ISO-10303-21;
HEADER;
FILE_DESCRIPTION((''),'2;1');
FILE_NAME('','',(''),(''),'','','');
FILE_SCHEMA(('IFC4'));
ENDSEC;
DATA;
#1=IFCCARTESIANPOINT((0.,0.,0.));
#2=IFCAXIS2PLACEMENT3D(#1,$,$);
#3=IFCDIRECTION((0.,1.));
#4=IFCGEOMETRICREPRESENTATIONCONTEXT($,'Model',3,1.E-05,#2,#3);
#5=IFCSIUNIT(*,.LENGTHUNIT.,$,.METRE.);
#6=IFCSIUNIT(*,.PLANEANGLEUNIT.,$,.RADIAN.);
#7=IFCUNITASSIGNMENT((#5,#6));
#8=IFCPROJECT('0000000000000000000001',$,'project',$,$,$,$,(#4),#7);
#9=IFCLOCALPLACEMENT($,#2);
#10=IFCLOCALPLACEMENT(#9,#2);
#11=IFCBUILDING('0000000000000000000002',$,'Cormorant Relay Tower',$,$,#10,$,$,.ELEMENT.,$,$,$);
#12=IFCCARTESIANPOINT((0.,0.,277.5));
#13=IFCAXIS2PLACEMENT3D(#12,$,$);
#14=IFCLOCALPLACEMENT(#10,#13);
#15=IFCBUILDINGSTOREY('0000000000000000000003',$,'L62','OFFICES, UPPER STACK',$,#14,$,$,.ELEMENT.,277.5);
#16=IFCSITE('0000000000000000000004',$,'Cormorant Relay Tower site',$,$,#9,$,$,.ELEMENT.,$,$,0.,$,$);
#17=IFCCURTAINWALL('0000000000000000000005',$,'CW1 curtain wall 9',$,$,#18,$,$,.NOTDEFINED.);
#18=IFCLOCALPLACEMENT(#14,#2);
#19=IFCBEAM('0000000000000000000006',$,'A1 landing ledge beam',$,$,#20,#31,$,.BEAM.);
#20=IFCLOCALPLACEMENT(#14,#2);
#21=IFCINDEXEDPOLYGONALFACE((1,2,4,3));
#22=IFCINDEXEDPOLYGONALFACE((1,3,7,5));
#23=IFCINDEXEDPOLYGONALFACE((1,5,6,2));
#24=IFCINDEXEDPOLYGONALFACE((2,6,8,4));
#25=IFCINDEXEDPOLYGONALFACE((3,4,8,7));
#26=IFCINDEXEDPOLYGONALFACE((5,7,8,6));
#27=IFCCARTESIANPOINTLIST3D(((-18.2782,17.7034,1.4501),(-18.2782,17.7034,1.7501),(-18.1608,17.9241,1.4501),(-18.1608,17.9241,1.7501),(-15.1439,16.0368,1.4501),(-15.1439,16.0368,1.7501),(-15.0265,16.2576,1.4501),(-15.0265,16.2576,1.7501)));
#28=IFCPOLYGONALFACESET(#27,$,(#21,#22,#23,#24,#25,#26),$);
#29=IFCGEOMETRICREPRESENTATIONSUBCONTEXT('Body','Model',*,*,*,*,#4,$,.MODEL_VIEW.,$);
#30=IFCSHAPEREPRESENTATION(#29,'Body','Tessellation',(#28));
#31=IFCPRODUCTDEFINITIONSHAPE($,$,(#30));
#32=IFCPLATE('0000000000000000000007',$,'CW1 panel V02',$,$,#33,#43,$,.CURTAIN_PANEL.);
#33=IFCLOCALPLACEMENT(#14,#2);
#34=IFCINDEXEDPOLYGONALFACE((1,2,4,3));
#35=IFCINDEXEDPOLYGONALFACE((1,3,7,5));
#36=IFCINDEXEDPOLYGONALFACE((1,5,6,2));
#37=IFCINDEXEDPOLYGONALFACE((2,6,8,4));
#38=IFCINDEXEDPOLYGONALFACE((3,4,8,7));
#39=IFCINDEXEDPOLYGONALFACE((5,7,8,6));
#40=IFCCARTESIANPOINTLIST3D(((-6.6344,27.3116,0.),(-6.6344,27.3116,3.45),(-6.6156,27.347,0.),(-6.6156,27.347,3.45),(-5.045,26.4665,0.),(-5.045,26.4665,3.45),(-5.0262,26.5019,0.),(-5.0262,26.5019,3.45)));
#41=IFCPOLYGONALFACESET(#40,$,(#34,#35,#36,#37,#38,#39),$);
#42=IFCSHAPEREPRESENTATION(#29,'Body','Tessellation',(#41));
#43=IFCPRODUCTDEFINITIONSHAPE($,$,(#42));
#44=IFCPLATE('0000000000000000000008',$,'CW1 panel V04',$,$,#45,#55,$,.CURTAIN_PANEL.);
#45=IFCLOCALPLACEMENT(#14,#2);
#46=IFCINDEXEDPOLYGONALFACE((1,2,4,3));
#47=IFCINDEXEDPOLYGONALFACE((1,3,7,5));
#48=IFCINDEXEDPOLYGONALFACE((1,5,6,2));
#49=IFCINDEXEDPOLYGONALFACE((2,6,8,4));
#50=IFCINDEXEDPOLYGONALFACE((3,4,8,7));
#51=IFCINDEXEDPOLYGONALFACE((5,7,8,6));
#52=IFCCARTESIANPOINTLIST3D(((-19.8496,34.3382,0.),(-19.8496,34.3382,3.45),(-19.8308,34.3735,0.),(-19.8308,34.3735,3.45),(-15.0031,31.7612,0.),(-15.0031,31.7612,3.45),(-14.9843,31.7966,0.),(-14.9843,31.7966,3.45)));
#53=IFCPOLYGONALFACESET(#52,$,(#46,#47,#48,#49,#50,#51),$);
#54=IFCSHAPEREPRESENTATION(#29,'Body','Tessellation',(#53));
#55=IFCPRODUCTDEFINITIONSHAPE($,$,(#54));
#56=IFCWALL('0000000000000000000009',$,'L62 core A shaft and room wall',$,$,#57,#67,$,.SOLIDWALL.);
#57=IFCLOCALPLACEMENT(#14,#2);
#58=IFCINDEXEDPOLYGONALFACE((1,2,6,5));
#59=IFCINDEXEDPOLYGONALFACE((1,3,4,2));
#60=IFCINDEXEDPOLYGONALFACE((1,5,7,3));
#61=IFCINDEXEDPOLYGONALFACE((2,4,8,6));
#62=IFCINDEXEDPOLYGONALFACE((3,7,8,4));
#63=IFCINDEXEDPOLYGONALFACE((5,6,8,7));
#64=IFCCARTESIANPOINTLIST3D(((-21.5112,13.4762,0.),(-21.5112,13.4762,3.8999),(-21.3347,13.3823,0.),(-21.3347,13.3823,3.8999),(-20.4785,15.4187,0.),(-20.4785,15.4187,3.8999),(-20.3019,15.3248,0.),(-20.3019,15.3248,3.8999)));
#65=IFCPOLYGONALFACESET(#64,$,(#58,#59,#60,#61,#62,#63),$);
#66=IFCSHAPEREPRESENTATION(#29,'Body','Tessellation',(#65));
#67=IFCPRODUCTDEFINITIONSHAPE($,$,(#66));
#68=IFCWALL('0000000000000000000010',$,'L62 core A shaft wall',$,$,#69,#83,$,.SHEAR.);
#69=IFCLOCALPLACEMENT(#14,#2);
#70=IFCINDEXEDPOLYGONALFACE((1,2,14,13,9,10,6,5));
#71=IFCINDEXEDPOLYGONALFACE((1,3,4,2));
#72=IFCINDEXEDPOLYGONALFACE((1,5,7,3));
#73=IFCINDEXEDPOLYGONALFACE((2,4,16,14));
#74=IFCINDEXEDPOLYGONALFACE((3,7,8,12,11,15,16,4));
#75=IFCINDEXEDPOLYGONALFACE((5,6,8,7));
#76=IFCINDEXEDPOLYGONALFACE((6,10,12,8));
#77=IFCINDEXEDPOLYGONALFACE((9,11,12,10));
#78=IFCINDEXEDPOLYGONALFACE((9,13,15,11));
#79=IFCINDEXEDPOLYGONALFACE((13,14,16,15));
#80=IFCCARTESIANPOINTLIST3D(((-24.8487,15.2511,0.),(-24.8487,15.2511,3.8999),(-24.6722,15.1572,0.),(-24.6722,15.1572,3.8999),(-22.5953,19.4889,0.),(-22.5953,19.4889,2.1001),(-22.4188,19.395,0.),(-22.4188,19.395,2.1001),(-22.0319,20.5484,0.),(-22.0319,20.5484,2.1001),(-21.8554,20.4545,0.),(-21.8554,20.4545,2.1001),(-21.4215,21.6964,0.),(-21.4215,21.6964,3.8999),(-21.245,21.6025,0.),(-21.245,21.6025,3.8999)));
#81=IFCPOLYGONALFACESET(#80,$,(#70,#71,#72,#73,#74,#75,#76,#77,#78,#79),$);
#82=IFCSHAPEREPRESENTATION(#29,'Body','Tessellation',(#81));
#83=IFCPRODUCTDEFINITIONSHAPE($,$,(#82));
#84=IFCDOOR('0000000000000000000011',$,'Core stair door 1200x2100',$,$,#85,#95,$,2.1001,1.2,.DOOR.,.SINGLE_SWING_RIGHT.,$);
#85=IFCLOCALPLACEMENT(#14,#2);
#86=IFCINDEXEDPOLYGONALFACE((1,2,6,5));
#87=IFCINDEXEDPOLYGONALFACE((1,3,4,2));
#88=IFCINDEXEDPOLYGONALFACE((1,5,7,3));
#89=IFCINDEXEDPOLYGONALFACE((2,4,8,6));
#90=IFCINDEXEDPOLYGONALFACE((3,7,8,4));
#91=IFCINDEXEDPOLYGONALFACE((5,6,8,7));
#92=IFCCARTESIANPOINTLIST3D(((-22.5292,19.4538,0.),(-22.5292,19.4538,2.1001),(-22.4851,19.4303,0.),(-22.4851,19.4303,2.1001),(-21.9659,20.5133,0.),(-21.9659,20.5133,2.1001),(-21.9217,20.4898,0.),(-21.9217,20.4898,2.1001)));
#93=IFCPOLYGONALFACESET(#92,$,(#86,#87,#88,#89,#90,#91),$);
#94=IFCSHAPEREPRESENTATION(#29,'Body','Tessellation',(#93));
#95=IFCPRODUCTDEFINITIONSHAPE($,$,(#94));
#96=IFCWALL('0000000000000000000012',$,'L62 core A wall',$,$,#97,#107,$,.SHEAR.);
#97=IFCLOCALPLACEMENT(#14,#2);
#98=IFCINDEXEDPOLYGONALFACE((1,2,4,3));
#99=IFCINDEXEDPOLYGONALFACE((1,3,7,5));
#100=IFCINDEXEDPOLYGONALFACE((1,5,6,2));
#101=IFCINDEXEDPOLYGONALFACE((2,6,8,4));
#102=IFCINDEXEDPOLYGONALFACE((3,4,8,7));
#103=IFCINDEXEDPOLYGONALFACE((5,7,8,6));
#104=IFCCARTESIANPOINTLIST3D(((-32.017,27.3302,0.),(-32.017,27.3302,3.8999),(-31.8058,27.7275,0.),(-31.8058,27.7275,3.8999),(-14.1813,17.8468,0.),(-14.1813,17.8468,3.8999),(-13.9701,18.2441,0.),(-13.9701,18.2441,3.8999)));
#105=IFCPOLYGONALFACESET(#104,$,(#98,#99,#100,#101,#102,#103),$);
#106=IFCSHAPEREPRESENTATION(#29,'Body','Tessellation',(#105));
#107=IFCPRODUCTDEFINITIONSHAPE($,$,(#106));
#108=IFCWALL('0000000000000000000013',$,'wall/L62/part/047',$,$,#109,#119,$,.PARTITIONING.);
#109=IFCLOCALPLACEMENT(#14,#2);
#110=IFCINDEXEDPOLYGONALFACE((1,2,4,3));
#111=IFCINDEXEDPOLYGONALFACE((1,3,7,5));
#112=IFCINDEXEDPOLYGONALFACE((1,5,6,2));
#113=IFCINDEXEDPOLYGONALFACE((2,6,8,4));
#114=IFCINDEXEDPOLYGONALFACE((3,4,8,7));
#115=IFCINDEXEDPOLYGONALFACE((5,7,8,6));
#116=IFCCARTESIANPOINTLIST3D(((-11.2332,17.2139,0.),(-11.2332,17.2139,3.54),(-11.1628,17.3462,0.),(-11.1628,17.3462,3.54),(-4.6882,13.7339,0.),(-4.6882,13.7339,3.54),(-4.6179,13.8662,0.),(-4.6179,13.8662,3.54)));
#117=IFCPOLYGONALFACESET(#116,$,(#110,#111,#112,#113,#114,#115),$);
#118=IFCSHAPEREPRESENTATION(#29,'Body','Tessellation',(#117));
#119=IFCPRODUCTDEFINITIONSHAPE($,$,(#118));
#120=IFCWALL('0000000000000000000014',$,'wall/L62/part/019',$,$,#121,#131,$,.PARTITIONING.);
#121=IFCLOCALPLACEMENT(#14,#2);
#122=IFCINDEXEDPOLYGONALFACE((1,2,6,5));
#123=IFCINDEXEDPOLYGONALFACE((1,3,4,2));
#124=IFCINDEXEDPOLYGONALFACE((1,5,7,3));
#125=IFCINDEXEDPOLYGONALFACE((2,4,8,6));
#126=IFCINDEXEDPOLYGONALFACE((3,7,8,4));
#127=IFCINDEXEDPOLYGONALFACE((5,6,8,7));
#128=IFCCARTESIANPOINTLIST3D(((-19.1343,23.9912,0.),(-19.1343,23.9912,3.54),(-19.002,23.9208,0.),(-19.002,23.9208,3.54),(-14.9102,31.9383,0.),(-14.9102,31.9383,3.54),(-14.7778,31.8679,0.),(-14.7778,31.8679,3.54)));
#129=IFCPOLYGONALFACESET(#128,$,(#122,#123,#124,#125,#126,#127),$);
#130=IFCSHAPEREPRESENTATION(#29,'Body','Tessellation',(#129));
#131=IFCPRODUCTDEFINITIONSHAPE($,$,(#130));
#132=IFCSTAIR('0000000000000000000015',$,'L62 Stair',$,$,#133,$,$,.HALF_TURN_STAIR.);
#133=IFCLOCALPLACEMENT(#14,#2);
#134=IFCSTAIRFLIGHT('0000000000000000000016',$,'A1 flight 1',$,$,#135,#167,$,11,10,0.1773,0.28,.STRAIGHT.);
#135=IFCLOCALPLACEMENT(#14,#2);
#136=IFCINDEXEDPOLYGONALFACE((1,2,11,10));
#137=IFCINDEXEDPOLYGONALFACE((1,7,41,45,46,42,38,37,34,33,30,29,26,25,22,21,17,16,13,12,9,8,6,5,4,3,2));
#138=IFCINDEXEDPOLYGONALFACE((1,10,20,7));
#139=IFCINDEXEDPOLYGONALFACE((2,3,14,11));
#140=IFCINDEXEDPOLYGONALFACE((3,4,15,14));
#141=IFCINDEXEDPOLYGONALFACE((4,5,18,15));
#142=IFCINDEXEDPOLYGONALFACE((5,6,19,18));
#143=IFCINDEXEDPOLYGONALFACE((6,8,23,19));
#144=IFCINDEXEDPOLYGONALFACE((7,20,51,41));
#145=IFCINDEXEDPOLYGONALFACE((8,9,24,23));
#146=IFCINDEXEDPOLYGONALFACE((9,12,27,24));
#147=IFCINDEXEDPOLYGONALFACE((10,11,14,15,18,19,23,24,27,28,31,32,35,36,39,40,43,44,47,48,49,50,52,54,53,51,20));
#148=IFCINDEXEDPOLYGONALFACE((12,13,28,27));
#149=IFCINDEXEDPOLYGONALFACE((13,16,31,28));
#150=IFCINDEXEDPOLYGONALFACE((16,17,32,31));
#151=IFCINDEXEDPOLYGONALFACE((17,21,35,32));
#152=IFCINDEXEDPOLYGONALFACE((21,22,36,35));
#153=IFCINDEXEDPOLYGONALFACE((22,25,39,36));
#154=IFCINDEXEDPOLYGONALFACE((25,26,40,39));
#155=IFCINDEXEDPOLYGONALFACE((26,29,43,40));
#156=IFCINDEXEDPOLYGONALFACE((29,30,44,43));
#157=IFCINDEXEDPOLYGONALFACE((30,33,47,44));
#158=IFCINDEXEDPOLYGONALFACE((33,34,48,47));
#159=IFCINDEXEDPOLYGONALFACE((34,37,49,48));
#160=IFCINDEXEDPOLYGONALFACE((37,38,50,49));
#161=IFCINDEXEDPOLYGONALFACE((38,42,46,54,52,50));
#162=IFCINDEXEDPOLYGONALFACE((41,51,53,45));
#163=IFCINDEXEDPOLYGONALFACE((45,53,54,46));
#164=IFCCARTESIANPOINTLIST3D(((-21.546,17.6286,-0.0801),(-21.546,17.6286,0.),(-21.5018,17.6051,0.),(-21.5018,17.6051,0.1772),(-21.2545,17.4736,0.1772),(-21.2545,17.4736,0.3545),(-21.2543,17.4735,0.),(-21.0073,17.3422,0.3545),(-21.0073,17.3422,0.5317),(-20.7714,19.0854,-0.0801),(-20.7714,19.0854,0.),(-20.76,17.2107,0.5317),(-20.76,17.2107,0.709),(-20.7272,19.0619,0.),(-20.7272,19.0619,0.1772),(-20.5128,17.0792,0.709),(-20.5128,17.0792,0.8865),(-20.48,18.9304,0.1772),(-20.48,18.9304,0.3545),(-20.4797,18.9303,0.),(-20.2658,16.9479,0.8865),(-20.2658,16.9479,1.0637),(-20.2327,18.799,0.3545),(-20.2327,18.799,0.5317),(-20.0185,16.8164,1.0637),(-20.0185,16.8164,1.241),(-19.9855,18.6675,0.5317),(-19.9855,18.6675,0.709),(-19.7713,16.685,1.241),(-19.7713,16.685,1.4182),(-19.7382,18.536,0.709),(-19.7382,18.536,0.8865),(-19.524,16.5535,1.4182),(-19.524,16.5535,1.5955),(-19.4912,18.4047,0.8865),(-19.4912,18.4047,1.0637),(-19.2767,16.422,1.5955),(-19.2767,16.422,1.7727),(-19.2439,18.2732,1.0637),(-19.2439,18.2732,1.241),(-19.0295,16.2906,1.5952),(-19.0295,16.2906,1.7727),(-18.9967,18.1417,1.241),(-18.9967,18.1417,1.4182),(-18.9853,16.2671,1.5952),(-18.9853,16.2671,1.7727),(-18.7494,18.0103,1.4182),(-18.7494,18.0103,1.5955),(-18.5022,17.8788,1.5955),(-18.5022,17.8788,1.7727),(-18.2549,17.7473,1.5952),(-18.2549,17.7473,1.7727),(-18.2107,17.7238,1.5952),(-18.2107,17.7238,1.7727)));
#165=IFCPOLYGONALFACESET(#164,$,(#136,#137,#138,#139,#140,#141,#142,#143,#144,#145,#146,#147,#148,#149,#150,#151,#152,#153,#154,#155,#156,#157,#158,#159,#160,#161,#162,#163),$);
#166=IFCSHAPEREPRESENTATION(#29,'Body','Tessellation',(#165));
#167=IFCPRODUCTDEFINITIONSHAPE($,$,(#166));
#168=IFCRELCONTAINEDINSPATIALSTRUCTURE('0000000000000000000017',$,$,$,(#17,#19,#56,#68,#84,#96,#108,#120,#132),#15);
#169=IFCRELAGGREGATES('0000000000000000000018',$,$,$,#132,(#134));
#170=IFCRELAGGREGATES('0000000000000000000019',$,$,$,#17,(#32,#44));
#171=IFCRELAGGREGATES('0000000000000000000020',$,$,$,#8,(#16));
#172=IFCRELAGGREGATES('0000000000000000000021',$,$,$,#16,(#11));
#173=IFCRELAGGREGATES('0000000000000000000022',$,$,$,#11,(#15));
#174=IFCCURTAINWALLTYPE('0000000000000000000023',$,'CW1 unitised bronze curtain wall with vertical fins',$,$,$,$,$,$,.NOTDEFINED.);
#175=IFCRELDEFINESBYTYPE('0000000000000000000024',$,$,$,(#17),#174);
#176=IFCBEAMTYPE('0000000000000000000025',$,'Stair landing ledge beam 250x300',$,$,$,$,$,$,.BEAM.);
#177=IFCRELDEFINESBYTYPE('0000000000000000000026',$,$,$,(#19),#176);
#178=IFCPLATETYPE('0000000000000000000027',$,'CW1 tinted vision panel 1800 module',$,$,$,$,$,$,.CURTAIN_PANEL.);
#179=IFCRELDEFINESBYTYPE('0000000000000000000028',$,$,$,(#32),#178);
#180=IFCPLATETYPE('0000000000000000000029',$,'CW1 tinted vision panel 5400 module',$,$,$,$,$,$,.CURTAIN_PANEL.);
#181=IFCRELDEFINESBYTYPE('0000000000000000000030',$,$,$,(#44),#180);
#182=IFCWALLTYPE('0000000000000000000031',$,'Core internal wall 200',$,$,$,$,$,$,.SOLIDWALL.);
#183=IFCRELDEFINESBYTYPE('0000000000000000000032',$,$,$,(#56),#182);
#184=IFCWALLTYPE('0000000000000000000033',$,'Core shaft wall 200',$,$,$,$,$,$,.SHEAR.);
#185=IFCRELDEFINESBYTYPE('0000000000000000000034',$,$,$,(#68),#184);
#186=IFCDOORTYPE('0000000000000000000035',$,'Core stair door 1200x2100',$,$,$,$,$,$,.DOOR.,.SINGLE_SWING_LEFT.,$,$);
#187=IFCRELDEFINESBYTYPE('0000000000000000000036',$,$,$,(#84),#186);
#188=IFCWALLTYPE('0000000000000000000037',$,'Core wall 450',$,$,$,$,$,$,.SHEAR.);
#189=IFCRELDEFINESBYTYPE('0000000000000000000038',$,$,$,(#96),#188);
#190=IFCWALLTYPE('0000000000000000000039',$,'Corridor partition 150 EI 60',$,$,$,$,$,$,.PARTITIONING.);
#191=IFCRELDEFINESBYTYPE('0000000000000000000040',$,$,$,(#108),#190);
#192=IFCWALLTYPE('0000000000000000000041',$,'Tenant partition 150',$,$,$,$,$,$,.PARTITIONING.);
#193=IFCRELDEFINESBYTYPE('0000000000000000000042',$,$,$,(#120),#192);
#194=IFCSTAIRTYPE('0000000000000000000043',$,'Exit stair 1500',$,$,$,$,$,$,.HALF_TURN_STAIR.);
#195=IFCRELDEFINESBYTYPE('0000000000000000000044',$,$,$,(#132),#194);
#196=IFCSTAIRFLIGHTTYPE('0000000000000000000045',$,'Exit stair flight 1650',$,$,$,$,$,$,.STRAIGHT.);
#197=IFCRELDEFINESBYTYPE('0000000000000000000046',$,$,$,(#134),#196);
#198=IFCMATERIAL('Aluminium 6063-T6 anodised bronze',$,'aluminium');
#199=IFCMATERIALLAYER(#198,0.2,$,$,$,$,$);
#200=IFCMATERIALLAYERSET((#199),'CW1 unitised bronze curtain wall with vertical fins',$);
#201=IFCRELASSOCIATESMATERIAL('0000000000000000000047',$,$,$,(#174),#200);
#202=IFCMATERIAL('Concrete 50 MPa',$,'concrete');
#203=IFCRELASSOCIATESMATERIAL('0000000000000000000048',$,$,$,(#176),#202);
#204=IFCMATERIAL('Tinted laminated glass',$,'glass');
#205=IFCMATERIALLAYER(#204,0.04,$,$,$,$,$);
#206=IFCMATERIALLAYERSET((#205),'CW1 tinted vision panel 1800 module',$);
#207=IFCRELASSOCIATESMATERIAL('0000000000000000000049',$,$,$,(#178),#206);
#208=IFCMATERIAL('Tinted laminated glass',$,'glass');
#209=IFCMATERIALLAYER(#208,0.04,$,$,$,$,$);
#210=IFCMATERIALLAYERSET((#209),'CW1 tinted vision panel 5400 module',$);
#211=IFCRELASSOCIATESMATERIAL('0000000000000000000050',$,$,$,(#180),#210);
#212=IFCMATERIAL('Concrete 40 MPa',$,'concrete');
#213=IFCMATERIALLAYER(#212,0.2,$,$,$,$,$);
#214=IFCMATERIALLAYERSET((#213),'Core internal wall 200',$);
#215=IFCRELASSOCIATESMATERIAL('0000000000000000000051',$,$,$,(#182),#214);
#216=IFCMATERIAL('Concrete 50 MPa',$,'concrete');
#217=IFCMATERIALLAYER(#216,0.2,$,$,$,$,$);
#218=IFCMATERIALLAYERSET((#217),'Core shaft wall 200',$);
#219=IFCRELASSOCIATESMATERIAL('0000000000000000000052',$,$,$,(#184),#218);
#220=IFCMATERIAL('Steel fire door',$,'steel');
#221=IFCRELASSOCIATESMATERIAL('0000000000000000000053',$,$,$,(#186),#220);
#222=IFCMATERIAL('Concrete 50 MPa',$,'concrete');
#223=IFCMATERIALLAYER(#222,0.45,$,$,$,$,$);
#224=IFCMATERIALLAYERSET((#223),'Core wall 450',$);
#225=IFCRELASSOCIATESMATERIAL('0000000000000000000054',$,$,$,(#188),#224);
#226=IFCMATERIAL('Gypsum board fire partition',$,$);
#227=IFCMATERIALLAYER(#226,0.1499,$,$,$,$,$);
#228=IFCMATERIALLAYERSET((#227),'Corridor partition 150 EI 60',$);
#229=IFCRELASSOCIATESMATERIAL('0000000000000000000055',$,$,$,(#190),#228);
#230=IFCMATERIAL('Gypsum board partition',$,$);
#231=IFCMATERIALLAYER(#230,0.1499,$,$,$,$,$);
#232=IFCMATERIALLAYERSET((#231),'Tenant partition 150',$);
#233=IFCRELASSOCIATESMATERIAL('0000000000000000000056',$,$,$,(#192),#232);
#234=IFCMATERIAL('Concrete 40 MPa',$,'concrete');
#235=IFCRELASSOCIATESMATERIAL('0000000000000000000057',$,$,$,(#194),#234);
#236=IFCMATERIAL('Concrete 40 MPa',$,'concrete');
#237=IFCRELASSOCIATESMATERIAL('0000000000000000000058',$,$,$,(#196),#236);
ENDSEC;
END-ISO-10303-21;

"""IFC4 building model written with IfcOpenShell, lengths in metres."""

from ifc_helpers import new_model, si_unit, direction, frame, frame_2d, origin, origin_2d, place, context, subcontext, project, spatial, polyline, rectangle, outline, extrude, material, layer, layer_set, material_profile, profile_set, type_object, element, fill, aggregate, save


model = new_model("IFC4")

# Units and contexts
model_context = context("Model", 3, precision=1e-05, world=origin(), true_north=direction((0.0, 1.0)))
body_context = subcontext(model_context, "Body", "Model", "MODEL_VIEW")
ifc_project = project(units=[si_unit("LENGTHUNIT", "METRE"), si_unit("PLANEANGLEUNIT", "RADIAN")], contexts=[model_context])

# Site, building, storey
site_placement = place(None, origin())
site = spatial("IfcSite", under=ifc_project, at=site_placement, Name="Cormorant Relay Tower site", CompositionType="ELEMENT", RefElevation=0.0)
building_placement = place(site_placement, origin())
building = spatial("IfcBuilding", under=site, at=building_placement, Name="Cormorant Relay Tower", CompositionType="ELEMENT")
storey_placement = place(building_placement, frame((0.0, 0.0, 277.5)))
storey = spatial("IfcBuildingStorey", under=building, at=storey_placement, Name="L62", Description="OFFICES, UPPER STACK", CompositionType="ELEMENT", Elevation=277.5)

# Curtain wall
ifc_material_1 = material(Name="Aluminium 6063-T6 anodised bronze", Category="aluminium")
ifc_layer_1 = layer(ifc_material_1, 0.2)
ifc_layer_set_1 = layer_set([ifc_layer_1], Name="CW1 unitised bronze curtain wall with vertical fins")
curtain_wall_type = type_object("IfcCurtainWallType", Name="CW1 unitised bronze curtain wall with vertical fins", PredefinedType="NOTDEFINED", material=ifc_layer_set_1)
curtain_wall_placement = place(storey_placement, origin())
curtain_wall = element("IfcCurtainWall", 1, at=curtain_wall_placement, inside=storey, type_object=curtain_wall_type, Name="CW1 curtain wall 9", PredefinedType="NOTDEFINED")

# Beam
ifc_material_2 = material(Name="Concrete 50 MPa", Category="concrete")
ifc_material_profile_1 = material_profile(ifc_material_2, rectangle(XDim=0.25, YDim=0.3, at=origin_2d()), Name="RC 250x300")
ifc_profile_set_1 = profile_set([ifc_material_profile_1], Name="Concrete 50 MPa")
beam_type_1 = type_object("IfcBeamType", Name="Stair landing ledge beam 250x300", PredefinedType="BEAM", material=ifc_profile_set_1)
beam_1_placement = place(storey_placement, frame((-18.2195, 17.8137, 1.6001), z_axis=(0.88295, -0.469467, 0.0), x_axis=(0.469467, 0.88295, 0.0)))
element("IfcBeam", 2, at=beam_1_placement, inside=storey, type_object=beam_type_1, Name="A1 landing ledge beam", PredefinedType="BEAM", context=body_context, shape_type="SweptSolid", body=[
    extrude(rectangle(XDim=0.25, YDim=0.3, at=origin_2d()), origin(), (0.0, 0.0, 1.0), 3.5498),
])

# Plates
ifc_material_3 = material(Name="Tinted laminated glass", Category="glass")
ifc_layer_2 = layer(ifc_material_3, 0.04)
ifc_layer_set_2 = layer_set([ifc_layer_2], Name="CW1 tinted vision panel 1800 module")
plate_type_1 = type_object("IfcPlateType", Name="CW1 tinted vision panel 1800 module", PredefinedType="CURTAIN_PANEL", material=ifc_layer_set_2)
plate_1_placement = place(storey_placement, frame((-5.8303, 26.9067, 0.0), z_axis=(0.0, 0.0, 1.0), x_axis=(-0.882948, 0.469472, 0.0)))
plate_1 = element("IfcPlate", 3, at=plate_1_placement, type_object=plate_type_1, Name="CW1 panel V02", PredefinedType="CURTAIN_PANEL", context=body_context, shape_type="SweptSolid", body=[
    extrude(rectangle(XDim=1.8, YDim=0.04, at=origin_2d()), origin(), (0.0, 0.0, 1.0), 3.45),
])
ifc_material_4 = material(Name="Tinted laminated glass", Category="glass")
ifc_layer_3 = layer(ifc_material_4, 0.04)
ifc_layer_set_3 = layer_set([ifc_layer_3], Name="CW1 tinted vision panel 5400 module")
plate_type_2 = type_object("IfcPlateType", Name="CW1 tinted vision panel 5400 module", PredefinedType="CURTAIN_PANEL", material=ifc_layer_set_3)
plate_2_placement = place(storey_placement, frame((-17.417, 33.0674, 0.0), z_axis=(0.0, 0.0, 1.0), x_axis=(-0.882948, 0.469472, 0.0)))
plate_2 = element("IfcPlate", 4, at=plate_2_placement, type_object=plate_type_2, Name="CW1 panel V04", PredefinedType="CURTAIN_PANEL", context=body_context, shape_type="SweptSolid", body=[
    extrude(rectangle(XDim=5.489, YDim=0.04, at=origin_2d()), origin(), (0.0, 0.0, 1.0), 3.45),
])

# Wall
ifc_material_5 = material(Name="Concrete 40 MPa", Category="concrete")
ifc_layer_4 = layer(ifc_material_5, 0.2)
ifc_layer_set_4 = layer_set([ifc_layer_4], Name="Core internal wall 200")
wall_type_1 = type_object("IfcWallType", Name="Core internal wall 200", PredefinedType="SOLIDWALL", material=ifc_layer_set_4)
wall_1_placement = place(storey_placement, frame((-20.3901, 15.3718, 0.0), z_axis=(0.0, 0.0, 1.0), x_axis=(-0.469447, -0.88296, 0.0)))
element("IfcWall", 5, at=wall_1_placement, inside=storey, type_object=wall_type_1, Name="L62 core A shaft and room wall", PredefinedType="SOLIDWALL", context=body_context, shape_type="SweptSolid", body=[
    extrude(rectangle(XDim=2.2, YDim=0.2, at=frame_2d((1.1001, 0.0))), origin(), (0.0, 0.0, 1.0), 3.8999),
])

# Wall, opening, door
ifc_material_6 = material(Name="Concrete 50 MPa", Category="concrete")
ifc_layer_5 = layer(ifc_material_6, 0.2)
ifc_layer_set_5 = layer_set([ifc_layer_5], Name="Core shaft wall 200")
wall_type_2 = type_object("IfcWallType", Name="Core shaft wall 200", PredefinedType="SHEAR", material=ifc_layer_set_5)
wall_2_placement = place(storey_placement, frame((-21.3333, 21.6494, 0.0), z_axis=(0.0, 0.0, 1.0), x_axis=(-0.469494, -0.882936, 0.0)))
wall_2 = element("IfcWall", 6, at=wall_2_placement, inside=storey, type_object=wall_type_2, Name="L62 core A shaft wall", PredefinedType="SHEAR", context=body_context, shape_type="SweptSolid", body=[
    extrude(rectangle(XDim=7.2998, YDim=0.2, at=frame_2d((3.6499, 0.0))), origin(), (0.0, 0.0, 1.0), 3.8999),
])
opening_1_placement = place(wall_2_placement, frame((1.3, 0.0, 0.0)))
opening_1 = element("IfcOpeningElement", 7, at=opening_1_placement, cuts=wall_2, PredefinedType="OPENING", context=body_context, shape_type="SweptSolid", body=[
    extrude(rectangle(XDim=1.2, YDim=2.1001, at=frame_2d((0.6001, 1.05))), frame((0.0, 0.1099, 0.0), z_axis=(0.0, -1.0, 0.0), x_axis=(1.0, 0.0, 0.0)), (0.0, 0.0, 1.0), 0.22),
])
ifc_material_7 = material(Name="Steel fire door", Category="steel")
door_type_1 = type_object("IfcDoorType", Name="Core stair door 1200x2100", OperationType="SINGLE_SWING_LEFT", PredefinedType="DOOR", material=ifc_material_7)
door_1_placement = place(opening_1_placement, origin())
door_1 = element("IfcDoor", 8, at=door_1_placement, inside=storey, type_object=door_type_1, Name="Core stair door 1200x2100", OperationType="SINGLE_SWING_RIGHT", OverallHeight=2.1001, OverallWidth=1.2, PredefinedType="DOOR", context=body_context, shape_type="SweptSolid", body=[
    extrude(rectangle(XDim=1.2, YDim=2.1001, at=frame_2d((0.6001, 1.05))), frame((0.0, 0.0249, 0.0), z_axis=(0.0, -1.0, 0.0), x_axis=(1.0, 0.0, 0.0)), (0.0, 0.0, 1.0), 0.05),
])
fill(opening_1, door_1)
ifc_material_8 = material(Name="Concrete 50 MPa", Category="concrete")
ifc_layer_6 = layer(ifc_material_8, 0.45)
ifc_layer_set_6 = layer_set([ifc_layer_6], Name="Core wall 450")
wall_type_3 = type_object("IfcWallType", Name="Core wall 450", PredefinedType="SHEAR", material=ifc_layer_set_6)

# Walls
wall_3_placement = place(storey_placement, frame((-14.0757, 18.0454, 0.0), z_axis=(0.0, 0.0, 1.0), x_axis=(-0.882948, 0.469471, 0.0)))
element("IfcWall", 9, at=wall_3_placement, inside=storey, type_object=wall_type_3, Name="L62 core A wall", PredefinedType="SHEAR", context=body_context, shape_type="SweptSolid", body=[
    extrude(rectangle(XDim=20.2002, YDim=0.45, at=frame_2d((10.1001, 0.0))), origin(), (0.0, 0.0, 1.0), 3.8999),
])
ifc_material_9 = material(Name="Gypsum board fire partition")
ifc_layer_7 = layer(ifc_material_9, 0.1499)
ifc_layer_set_7 = layer_set([ifc_layer_7], Name="Corridor partition 150 EI 60")
wall_type_4 = type_object("IfcWallType", Name="Corridor partition 150 EI 60", PredefinedType="PARTITIONING", material=ifc_layer_set_7)
wall_4_placement = place(storey_placement, frame((-11.198, 17.28, 0.0), z_axis=(0.0, 0.0, 1.0), x_axis=(0.882948, -0.46947, 0.0)))
element("IfcWall", 10, at=wall_4_placement, inside=storey, type_object=wall_type_4, Name="wall/L62/part/047", PredefinedType="PARTITIONING", context=body_context, shape_type="SweptSolid", body=[
    extrude(rectangle(XDim=7.4126, YDim=0.1499, at=frame_2d((3.7063, 0.0))), origin(), (0.0, 0.0, 1.0), 3.54),
])
ifc_material_10 = material(Name="Gypsum board partition")
ifc_layer_8 = layer(ifc_material_10, 0.1499)
ifc_layer_set_8 = layer_set([ifc_layer_8], Name="Tenant partition 150")
wall_type_5 = type_object("IfcWallType", Name="Tenant partition 150", PredefinedType="PARTITIONING", material=ifc_layer_set_8)
wall_5_placement = place(storey_placement, frame((-14.844, 31.9031, 0.0), z_axis=(0.0, 0.0, 1.0), x_axis=(-0.469352, -0.883011, 0.0)))
element("IfcWall", 11, at=wall_5_placement, inside=storey, type_object=wall_type_5, Name="wall/L62/part/019", PredefinedType="PARTITIONING", context=body_context, shape_type="SweptSolid", body=[
    extrude(rectangle(XDim=9.0, YDim=0.1499, at=frame_2d((4.5, 0.0))), origin(), (0.0, 0.0, 1.0), 3.54),
])

# Stair, stair flight
ifc_material_11 = material(Name="Concrete 40 MPa", Category="concrete")
stair_type = type_object("IfcStairType", Name="Exit stair 1500", PredefinedType="HALF_TURN_STAIR", material=ifc_material_11)
stair_placement = place(storey_placement, origin())
stair = element("IfcStair", 12, at=stair_placement, inside=storey, type_object=stair_type, Name="L62 Stair", PredefinedType="HALF_TURN_STAIR")
ifc_material_12 = material(Name="Concrete 40 MPa", Category="concrete")
stair_flight_type = type_object("IfcStairFlightType", Name="Exit stair flight 1650", PredefinedType="STRAIGHT", material=ifc_material_12)
stair_flight_1_placement = place(storey_placement, frame((-21.1145, 18.3335, 0.0), z_axis=(0.0, 0.0, 1.0), x_axis=(0.882948, -0.469472, 0.0)))
stair_flight_1 = element("IfcStairFlight", 13, at=stair_flight_1_placement, type_object=stair_flight_type, Name="A1 flight 1", NumberOfRisers=11, NumberOfTreads=10, PredefinedType="STRAIGHT", RiserHeight=0.1773, TreadLength=0.28, context=body_context, shape_type="SweptSolid", body=[
    extrude(outline(polyline([(-0.05, -0.0801), (-0.05, 0.0), (0.0, 0.0), (0.0, 0.1772), (0.28, 0.1772), (0.28, 0.3545), (0.5601, 0.3545), (0.5601, 0.5317), (0.8401, 0.5317), (0.8401, 0.709), (1.1201, 0.709), (1.1201, 0.8865), (1.3999, 0.8865), (1.3999, 1.0637), (1.6799, 1.0637), (1.6799, 1.241), (1.96, 1.241), (1.96, 1.4182), (2.24, 1.4182), (2.24, 1.5955), (2.52, 1.5955), (2.52, 1.7727), (2.8, 1.7727), (2.8501, 1.7727), (2.8501, 1.5952), (2.8, 1.5952), (0.2803, 0.0), (-0.05, -0.0801)])), frame((0.0, 0.825, 0.0), z_axis=(0.0, -1.0, 0.0), x_axis=(1.0, 0.0, 0.0)), (0.0, 0.0, 1.0), 1.6499),
])
aggregate(stair, [stair_flight_1])

aggregate(curtain_wall, [plate_1, plate_2])

save(model, "model.ifc")
